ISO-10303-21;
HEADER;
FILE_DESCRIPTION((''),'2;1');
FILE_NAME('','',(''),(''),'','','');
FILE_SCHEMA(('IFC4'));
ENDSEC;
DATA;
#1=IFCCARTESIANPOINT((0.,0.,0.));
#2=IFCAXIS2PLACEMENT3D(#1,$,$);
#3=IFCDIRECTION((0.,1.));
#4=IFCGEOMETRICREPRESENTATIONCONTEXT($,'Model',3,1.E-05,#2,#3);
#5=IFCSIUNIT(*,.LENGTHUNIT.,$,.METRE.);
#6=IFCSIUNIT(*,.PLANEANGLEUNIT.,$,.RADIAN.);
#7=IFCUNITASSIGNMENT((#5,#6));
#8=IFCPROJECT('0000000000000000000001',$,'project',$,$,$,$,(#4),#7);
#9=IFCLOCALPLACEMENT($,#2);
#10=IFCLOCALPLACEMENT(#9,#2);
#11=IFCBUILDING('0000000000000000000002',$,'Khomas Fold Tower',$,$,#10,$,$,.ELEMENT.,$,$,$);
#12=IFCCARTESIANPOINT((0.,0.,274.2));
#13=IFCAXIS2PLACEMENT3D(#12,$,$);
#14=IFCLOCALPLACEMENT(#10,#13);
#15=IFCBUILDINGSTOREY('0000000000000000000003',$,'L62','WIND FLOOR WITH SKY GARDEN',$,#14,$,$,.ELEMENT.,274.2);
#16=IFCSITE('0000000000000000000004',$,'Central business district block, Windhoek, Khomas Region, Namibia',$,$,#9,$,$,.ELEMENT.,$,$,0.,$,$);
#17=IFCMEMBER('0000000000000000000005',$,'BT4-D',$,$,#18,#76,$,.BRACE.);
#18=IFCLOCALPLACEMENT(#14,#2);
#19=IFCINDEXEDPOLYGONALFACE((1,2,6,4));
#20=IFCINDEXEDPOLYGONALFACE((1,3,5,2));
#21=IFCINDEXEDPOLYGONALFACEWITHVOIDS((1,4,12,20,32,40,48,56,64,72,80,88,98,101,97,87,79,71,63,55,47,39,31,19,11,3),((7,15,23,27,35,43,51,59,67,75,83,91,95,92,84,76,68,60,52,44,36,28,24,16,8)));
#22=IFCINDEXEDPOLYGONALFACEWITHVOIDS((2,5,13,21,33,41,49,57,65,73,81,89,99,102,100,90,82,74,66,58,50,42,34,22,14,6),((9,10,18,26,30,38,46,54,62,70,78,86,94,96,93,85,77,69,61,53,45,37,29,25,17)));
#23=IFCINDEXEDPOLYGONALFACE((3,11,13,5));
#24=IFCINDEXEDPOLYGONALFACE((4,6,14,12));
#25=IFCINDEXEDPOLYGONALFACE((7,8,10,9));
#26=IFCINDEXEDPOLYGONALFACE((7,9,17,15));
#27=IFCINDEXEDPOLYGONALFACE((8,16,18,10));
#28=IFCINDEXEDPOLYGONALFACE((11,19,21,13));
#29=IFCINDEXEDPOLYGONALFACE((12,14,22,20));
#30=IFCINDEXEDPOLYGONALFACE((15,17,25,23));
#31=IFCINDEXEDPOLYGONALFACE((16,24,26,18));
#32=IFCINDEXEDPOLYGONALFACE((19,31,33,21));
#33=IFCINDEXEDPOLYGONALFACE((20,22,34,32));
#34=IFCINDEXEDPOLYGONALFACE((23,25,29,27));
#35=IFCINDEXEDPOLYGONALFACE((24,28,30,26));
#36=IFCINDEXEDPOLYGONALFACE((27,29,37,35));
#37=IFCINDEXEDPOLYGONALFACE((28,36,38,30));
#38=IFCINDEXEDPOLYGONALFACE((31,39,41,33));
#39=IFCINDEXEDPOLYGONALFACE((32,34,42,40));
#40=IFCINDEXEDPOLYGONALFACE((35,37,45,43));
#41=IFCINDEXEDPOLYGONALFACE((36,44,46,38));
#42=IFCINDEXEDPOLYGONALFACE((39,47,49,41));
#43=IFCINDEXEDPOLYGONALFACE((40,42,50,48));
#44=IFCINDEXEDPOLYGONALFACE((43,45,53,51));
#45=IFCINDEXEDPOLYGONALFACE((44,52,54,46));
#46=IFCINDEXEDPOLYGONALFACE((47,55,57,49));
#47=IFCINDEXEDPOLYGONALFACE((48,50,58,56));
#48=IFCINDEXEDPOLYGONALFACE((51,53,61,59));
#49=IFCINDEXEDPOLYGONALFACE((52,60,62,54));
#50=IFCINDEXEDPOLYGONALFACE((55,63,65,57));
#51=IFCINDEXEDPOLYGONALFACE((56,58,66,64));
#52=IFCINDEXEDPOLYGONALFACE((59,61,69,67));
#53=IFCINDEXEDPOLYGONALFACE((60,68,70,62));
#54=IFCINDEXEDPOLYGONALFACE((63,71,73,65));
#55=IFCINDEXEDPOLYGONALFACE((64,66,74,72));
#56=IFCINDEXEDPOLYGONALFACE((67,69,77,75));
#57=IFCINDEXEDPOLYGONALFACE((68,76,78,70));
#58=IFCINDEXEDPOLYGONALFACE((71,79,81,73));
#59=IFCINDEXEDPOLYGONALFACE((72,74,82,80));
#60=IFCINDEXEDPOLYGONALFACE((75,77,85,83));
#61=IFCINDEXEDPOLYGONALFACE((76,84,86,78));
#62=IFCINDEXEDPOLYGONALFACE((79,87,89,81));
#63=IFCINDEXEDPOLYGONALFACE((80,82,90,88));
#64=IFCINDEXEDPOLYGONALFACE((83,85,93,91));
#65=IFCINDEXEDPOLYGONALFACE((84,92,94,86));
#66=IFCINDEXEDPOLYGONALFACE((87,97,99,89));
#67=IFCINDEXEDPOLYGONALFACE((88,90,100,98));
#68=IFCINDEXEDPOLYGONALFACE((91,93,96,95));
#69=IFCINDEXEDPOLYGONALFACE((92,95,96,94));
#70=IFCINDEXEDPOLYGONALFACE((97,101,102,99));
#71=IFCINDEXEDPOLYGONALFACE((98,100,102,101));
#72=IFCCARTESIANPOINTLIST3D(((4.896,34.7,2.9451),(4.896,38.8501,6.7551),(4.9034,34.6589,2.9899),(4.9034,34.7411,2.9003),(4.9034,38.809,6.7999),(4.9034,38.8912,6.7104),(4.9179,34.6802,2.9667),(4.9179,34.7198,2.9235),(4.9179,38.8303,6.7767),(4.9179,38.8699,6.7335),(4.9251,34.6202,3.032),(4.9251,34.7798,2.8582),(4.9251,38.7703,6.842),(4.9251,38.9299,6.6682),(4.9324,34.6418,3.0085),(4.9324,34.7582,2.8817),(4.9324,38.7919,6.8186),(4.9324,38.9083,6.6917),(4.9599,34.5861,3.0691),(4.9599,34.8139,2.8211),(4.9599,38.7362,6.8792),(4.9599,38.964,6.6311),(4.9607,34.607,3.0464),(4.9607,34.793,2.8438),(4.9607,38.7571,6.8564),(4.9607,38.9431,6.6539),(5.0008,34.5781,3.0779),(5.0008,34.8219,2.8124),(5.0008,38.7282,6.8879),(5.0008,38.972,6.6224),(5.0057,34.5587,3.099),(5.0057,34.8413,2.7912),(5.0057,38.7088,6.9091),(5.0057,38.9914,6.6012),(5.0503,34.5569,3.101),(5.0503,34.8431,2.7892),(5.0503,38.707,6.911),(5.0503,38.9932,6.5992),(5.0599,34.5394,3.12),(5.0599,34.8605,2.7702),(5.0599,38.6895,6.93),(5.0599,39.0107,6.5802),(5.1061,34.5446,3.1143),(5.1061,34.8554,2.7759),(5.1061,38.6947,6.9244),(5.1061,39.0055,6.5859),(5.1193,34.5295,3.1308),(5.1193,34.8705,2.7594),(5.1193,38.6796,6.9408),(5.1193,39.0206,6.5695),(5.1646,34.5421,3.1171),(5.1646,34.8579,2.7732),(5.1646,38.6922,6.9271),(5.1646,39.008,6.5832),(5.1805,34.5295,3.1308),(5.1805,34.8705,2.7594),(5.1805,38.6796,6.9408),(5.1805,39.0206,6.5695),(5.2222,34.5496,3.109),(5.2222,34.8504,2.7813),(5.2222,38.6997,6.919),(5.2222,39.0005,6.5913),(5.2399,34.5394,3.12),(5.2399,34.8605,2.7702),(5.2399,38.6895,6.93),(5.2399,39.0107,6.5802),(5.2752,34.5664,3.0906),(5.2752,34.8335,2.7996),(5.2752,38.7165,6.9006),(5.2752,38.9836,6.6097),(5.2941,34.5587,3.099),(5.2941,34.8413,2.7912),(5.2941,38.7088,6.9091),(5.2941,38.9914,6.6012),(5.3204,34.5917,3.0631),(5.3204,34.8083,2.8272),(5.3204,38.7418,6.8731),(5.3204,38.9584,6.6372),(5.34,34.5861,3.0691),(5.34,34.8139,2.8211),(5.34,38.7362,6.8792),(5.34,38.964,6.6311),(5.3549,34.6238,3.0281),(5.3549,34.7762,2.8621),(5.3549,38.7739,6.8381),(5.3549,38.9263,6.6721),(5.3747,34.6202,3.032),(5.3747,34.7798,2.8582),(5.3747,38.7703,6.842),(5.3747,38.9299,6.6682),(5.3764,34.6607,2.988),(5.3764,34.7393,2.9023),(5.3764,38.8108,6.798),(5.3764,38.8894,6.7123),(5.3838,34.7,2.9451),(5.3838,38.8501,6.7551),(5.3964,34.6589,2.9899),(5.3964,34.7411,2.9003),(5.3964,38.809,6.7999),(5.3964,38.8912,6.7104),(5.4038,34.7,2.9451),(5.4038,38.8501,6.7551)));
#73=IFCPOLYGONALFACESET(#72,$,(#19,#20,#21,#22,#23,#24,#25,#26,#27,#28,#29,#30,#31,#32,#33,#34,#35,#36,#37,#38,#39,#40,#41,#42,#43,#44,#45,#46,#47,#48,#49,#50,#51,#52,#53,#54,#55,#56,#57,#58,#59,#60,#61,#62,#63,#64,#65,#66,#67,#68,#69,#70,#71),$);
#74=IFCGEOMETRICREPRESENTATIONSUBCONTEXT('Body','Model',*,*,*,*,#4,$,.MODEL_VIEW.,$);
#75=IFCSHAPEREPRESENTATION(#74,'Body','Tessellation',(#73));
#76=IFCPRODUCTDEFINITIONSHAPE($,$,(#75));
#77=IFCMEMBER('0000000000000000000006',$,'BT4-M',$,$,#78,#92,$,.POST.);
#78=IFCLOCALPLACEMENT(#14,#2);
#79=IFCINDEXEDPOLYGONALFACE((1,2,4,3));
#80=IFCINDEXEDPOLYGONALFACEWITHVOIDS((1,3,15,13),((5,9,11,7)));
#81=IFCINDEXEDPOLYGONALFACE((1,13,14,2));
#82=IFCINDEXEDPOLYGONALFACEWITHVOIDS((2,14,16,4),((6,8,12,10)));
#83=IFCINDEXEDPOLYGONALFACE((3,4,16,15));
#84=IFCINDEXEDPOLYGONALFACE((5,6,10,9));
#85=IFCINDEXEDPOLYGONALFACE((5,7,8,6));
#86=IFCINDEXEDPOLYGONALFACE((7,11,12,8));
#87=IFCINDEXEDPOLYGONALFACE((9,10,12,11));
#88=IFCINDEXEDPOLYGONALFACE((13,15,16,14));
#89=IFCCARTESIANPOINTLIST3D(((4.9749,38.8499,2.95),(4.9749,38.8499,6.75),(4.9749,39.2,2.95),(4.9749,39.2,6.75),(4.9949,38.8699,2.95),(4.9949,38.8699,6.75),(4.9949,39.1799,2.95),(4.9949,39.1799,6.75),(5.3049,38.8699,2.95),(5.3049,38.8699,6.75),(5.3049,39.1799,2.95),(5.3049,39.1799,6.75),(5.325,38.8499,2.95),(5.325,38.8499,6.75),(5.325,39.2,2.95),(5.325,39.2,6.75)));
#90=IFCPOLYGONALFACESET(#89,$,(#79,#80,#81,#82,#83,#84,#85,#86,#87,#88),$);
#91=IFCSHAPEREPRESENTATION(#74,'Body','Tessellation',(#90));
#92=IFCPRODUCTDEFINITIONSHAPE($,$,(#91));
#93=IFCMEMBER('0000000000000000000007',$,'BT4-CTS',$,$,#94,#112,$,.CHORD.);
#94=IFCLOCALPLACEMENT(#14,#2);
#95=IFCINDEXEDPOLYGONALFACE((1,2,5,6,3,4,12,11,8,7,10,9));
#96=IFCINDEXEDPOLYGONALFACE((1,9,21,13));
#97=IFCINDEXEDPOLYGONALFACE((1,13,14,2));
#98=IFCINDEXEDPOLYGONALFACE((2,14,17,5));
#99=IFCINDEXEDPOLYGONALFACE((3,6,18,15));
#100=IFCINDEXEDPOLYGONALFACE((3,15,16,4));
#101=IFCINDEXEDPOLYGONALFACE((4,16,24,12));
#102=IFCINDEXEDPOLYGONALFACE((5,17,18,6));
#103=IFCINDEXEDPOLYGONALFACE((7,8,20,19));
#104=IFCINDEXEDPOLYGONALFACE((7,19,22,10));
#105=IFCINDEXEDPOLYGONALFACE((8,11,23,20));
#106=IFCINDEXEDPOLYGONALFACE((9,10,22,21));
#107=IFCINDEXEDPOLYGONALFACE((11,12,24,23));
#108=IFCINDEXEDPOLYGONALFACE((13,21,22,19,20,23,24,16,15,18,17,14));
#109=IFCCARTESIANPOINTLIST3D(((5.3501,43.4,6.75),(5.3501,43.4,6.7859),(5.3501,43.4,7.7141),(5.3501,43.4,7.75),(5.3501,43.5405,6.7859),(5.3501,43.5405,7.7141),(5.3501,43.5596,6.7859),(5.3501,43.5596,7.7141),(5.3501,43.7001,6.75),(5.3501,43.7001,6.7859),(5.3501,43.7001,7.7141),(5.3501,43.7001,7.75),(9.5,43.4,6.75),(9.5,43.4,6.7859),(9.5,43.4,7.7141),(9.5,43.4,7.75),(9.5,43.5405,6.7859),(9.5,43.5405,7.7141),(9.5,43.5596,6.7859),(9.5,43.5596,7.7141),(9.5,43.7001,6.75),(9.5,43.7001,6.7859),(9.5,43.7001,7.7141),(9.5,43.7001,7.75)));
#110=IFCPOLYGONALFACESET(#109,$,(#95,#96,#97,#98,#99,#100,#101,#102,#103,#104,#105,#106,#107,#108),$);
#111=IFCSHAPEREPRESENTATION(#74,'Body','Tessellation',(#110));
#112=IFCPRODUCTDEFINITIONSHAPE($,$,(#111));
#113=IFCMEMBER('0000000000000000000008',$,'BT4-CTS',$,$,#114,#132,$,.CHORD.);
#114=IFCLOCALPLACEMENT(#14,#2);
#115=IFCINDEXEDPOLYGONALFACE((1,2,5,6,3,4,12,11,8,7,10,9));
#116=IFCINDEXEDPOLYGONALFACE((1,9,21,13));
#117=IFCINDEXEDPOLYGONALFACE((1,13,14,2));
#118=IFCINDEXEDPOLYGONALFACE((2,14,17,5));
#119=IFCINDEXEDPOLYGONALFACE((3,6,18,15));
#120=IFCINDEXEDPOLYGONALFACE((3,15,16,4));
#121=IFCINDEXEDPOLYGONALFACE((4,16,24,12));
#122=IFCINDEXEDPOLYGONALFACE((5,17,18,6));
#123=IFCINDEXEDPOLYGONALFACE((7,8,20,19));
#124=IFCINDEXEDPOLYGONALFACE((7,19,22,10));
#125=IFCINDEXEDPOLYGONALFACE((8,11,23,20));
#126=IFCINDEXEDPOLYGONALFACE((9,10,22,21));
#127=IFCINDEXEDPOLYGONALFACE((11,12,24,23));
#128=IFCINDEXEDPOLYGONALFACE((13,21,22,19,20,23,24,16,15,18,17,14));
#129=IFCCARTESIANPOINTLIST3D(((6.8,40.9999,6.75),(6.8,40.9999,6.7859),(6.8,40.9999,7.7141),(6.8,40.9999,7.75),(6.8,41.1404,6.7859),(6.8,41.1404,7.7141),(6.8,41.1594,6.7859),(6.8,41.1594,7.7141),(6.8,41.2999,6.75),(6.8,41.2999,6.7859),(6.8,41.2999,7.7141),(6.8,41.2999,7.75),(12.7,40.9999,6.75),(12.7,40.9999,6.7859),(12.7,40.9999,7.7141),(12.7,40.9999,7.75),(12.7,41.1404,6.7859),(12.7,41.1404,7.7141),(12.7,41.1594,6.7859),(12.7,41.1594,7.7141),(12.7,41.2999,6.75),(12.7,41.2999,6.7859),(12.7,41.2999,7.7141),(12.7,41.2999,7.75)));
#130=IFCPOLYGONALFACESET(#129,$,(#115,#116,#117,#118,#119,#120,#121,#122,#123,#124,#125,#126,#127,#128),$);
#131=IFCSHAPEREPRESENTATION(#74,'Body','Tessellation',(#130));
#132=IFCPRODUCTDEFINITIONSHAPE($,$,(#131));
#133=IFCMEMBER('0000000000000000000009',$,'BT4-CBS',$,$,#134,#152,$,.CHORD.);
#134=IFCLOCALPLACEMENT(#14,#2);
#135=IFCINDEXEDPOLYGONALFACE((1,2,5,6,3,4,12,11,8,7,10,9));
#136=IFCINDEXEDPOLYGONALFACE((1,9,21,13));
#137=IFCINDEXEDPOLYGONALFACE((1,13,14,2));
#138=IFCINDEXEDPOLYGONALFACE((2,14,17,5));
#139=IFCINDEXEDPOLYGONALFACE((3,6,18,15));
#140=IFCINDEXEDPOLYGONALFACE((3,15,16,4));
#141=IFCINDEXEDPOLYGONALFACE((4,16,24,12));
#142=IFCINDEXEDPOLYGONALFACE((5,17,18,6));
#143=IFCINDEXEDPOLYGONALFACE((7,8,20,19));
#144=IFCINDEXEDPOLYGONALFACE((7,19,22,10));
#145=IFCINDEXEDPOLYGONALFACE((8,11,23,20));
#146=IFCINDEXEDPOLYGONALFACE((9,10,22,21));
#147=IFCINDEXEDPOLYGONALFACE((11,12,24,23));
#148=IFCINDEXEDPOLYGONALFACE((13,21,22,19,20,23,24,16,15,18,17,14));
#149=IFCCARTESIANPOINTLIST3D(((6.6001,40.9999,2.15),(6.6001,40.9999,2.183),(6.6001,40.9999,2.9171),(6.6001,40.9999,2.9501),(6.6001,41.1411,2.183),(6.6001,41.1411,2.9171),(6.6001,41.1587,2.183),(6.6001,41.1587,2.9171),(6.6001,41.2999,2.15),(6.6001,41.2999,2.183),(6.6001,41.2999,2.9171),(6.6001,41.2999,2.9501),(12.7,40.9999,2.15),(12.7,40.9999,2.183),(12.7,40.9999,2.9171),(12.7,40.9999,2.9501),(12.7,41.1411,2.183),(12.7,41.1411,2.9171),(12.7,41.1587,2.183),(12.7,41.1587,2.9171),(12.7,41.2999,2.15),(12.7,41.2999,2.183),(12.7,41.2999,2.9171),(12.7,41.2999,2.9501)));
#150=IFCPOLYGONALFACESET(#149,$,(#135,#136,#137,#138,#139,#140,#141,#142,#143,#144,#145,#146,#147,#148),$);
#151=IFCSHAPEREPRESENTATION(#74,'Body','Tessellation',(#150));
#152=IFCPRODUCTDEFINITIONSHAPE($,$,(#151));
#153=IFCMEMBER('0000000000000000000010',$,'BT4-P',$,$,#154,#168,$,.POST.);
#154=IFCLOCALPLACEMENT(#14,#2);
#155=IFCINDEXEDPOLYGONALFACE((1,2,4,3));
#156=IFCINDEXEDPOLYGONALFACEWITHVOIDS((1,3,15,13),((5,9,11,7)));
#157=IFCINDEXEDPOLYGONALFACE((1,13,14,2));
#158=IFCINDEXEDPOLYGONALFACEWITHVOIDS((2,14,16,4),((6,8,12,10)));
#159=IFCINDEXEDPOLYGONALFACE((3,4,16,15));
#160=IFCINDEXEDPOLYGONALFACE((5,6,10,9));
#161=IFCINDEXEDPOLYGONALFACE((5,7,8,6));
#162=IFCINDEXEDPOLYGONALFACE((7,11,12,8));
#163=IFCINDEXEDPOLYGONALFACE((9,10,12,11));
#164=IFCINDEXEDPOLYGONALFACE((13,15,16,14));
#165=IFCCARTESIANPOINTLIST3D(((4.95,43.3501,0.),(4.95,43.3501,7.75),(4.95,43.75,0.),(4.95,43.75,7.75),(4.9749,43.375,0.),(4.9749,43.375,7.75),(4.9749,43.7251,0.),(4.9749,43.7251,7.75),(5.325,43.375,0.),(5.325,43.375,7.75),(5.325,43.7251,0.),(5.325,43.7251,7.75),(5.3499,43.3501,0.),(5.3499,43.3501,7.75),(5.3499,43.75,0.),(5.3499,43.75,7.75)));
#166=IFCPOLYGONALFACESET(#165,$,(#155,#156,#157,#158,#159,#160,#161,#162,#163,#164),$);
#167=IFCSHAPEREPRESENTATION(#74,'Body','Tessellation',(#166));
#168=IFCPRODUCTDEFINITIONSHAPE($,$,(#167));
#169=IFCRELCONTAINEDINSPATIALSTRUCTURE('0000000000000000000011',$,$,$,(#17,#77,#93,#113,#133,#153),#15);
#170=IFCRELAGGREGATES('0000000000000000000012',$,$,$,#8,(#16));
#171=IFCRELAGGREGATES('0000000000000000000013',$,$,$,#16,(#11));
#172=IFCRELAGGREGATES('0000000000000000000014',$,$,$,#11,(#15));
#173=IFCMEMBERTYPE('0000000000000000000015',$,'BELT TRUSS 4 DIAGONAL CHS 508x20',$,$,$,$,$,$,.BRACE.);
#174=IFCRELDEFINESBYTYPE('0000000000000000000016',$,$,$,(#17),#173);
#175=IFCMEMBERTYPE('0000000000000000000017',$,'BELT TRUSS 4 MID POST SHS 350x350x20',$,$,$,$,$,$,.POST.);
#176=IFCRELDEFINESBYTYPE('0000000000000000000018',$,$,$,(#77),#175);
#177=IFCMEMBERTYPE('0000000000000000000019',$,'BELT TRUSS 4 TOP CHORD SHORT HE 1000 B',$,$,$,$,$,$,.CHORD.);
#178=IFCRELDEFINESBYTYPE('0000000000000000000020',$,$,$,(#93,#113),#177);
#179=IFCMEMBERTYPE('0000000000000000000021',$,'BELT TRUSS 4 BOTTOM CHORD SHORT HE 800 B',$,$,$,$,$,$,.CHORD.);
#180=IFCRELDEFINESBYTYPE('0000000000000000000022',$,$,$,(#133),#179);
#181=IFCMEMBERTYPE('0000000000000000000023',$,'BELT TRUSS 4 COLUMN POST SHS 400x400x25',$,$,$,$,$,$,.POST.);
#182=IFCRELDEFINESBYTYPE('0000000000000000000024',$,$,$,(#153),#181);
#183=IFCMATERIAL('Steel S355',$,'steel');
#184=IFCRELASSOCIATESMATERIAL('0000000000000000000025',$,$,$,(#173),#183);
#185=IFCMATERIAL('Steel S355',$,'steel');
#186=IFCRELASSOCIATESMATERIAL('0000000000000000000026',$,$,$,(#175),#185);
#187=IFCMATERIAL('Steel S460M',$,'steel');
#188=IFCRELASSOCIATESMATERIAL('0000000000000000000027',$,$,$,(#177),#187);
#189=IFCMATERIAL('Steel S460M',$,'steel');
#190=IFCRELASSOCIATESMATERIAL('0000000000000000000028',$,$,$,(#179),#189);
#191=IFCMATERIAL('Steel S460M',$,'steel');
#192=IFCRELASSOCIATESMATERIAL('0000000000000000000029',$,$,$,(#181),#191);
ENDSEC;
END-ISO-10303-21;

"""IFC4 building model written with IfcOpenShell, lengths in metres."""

from ifc_helpers import new_model, si_unit, direction, frame, origin, origin_2d, place, context, subcontext, project, spatial, hollow_rectangle, hollow_circle, i_section, extrude, source, transform, mapped, material, material_profile, profile_set, type_object, element, save


model = new_model("IFC4")

# Units and contexts
model_context = context("Model", 3, precision=1e-05, world=origin(), true_north=direction((0.0, 1.0)))
body_context = subcontext(model_context, "Body", "Model", "MODEL_VIEW")
ifc_project = project(units=[si_unit("LENGTHUNIT", "METRE"), si_unit("PLANEANGLEUNIT", "RADIAN")], contexts=[model_context])

# Site, building, storey
site_placement = place(None, origin())
site = spatial("IfcSite", under=ifc_project, at=site_placement, Name="Central business district block, Windhoek, Khomas Region, Namibia", CompositionType="ELEMENT", RefElevation=0.0)
building_placement = place(site_placement, origin())
building = spatial("IfcBuilding", under=site, at=building_placement, Name="Khomas Fold Tower", CompositionType="ELEMENT")
storey_placement = place(building_placement, frame((0.0, 0.0, 274.2)))
storey = spatial("IfcBuildingStorey", under=building, at=storey_placement, Name="L62", Description="WIND FLOOR WITH SKY GARDEN", CompositionType="ELEMENT", Elevation=274.2)

# Members
ifc_material_1 = material(Name="Steel S355", Category="steel")
ifc_material_profile_1 = material_profile(ifc_material_1, hollow_circle(Radius=0.2539, WallThickness=0.02, at=origin_2d()), Name="CHS 508x20")
ifc_profile_set_1 = profile_set([ifc_material_profile_1], Name="Steel S355")
member_type_1 = type_object("IfcMemberType", Name="BELT TRUSS 4 DIAGONAL CHS 508x20", PredefinedType="BRACE", material=ifc_profile_set_1)
shared_shape_1 = source(origin(), body_context, "Body", "SweptSolid", [
    extrude(hollow_circle(Radius=0.2539, WallThickness=0.02, at=origin_2d()), origin(), (0.0, 0.0, 1.0), 5.6338),
])
for number, where, z_axis, x_axis, name in (
    (1, (5.1499, 38.8501, 6.7551), (0.0, -0.736645, -0.67628), (1.0, 0.0, 0.0), "BT4-D"),
):
    element("IfcMember", number, at=place(storey_placement, frame(where, z_axis=z_axis, x_axis=x_axis)), inside=storey, type_object=member_type_1, Name=name, PredefinedType="BRACE", context=body_context, shape_type="MappedRepresentation", body=[
        mapped(shared_shape_1, transform((0.0, 0.0, 0.0))),
    ])
ifc_material_2 = material(Name="Steel S355", Category="steel")
ifc_material_profile_2 = material_profile(ifc_material_2, hollow_rectangle(XDim=0.3501, YDim=0.3501, WallThickness=0.02, at=origin_2d()), Name="SHS 350x350x20")
ifc_profile_set_2 = profile_set([ifc_material_profile_2], Name="Steel S355")
member_type_2 = type_object("IfcMemberType", Name="BELT TRUSS 4 MID POST SHS 350x350x20", PredefinedType="POST", material=ifc_profile_set_2)
shared_shape_2 = source(origin(), body_context, "Body", "SweptSolid", [
    extrude(hollow_rectangle(XDim=0.3501, YDim=0.3501, WallThickness=0.02, at=origin_2d()), origin(), (0.0, 0.0, 1.0), 3.8),
])
member_1_placement = place(storey_placement, frame((5.1499, 39.0249, 2.95), z_axis=(0.0, 0.0, 1.0), x_axis=(1.0, 0.0, 0.0)))
element("IfcMember", 2, at=member_1_placement, inside=storey, type_object=member_type_2, Name="BT4-M", PredefinedType="POST", context=body_context, shape_type="MappedRepresentation", body=[
    mapped(shared_shape_2, transform((0.0, 0.0, 0.0))),
])
ifc_material_3 = material(Name="Steel S460M", Category="steel")
ifc_material_profile_3 = material_profile(ifc_material_3, i_section(OverallWidth=0.3, OverallDepth=1.0, WebThickness=0.019, FlangeThickness=0.0359, at=origin_2d()), Name="HE 1000 B")
ifc_profile_set_3 = profile_set([ifc_material_profile_3], Name="Steel S460M")
member_type_3 = type_object("IfcMemberType", Name="BELT TRUSS 4 TOP CHORD SHORT HE 1000 B", PredefinedType="CHORD", material=ifc_profile_set_3)
shared_shape_3 = source(origin(), body_context, "Body", "SweptSolid", [
    extrude(i_section(OverallWidth=0.3, OverallDepth=1.0, WebThickness=0.019, FlangeThickness=0.0359, at=origin_2d()), origin(), (0.0, 0.0, 1.0), 4.1499),
])
member_2_placement = place(storey_placement, frame((5.3501, 43.55, 7.25), z_axis=(1.0, 0.0, 0.0), x_axis=(0.0, 1.0, 0.0)))
element("IfcMember", 3, at=member_2_placement, inside=storey, type_object=member_type_3, Name="BT4-CTS", PredefinedType="CHORD", context=body_context, shape_type="MappedRepresentation", body=[
    mapped(shared_shape_3, transform((0.0, 0.0, 0.0))),
])
shared_shape_4 = source(origin(), body_context, "Body", "SweptSolid", [
    extrude(i_section(OverallWidth=0.3, OverallDepth=1.0, WebThickness=0.019, FlangeThickness=0.0359, at=origin_2d()), origin(), (0.0, 0.0, 1.0), 5.8999),
])
member_3_placement = place(storey_placement, frame((6.8, 41.1499, 7.25), z_axis=(1.0, 0.0, 0.0), x_axis=(0.0, 1.0, 0.0)))
element("IfcMember", 4, at=member_3_placement, inside=storey, type_object=member_type_3, Name="BT4-CTS", PredefinedType="CHORD", context=body_context, shape_type="MappedRepresentation", body=[
    mapped(shared_shape_4, transform((0.0, 0.0, 0.0))),
])
ifc_material_4 = material(Name="Steel S460M", Category="steel")
ifc_material_profile_4 = material_profile(ifc_material_4, i_section(OverallWidth=0.3, OverallDepth=0.8, WebThickness=0.0176, FlangeThickness=0.033, at=origin_2d()), Name="HE 800 B")
ifc_profile_set_4 = profile_set([ifc_material_profile_4], Name="Steel S460M")
member_type_4 = type_object("IfcMemberType", Name="BELT TRUSS 4 BOTTOM CHORD SHORT HE 800 B", PredefinedType="CHORD", material=ifc_profile_set_4)
shared_shape_5 = source(origin(), body_context, "Body", "SweptSolid", [
    extrude(i_section(OverallWidth=0.3, OverallDepth=0.8, WebThickness=0.0176, FlangeThickness=0.033, at=origin_2d()), origin(), (0.0, 0.0, 1.0), 6.0999),
])
member_4_placement = place(storey_placement, frame((6.6001, 41.1499, 2.55), z_axis=(1.0, 0.0, 0.0), x_axis=(0.0, 1.0, 0.0)))
element("IfcMember", 5, at=member_4_placement, inside=storey, type_object=member_type_4, Name="BT4-CBS", PredefinedType="CHORD", context=body_context, shape_type="MappedRepresentation", body=[
    mapped(shared_shape_5, transform((0.0, 0.0, 0.0))),
])
ifc_material_5 = material(Name="Steel S460M", Category="steel")
ifc_material_profile_5 = material_profile(ifc_material_5, hollow_rectangle(XDim=0.3999, YDim=0.3999, WallThickness=0.0249, at=origin_2d()), Name="SHS 400x400x25")
ifc_profile_set_5 = profile_set([ifc_material_profile_5], Name="Steel S460M")
member_type_5 = type_object("IfcMemberType", Name="BELT TRUSS 4 COLUMN POST SHS 400x400x25", PredefinedType="POST", material=ifc_profile_set_5)
shared_shape_6 = source(origin(), body_context, "Body", "SweptSolid", [
    extrude(hollow_rectangle(XDim=0.3999, YDim=0.3999, WallThickness=0.0249, at=origin_2d()), origin(), (0.0, 0.0, 1.0), 7.75),
])
member_5_placement = place(storey_placement, frame((5.1499, 43.55, 0.0), z_axis=(0.0, 0.0, 1.0), x_axis=(1.0, 0.0, 0.0)))
element("IfcMember", 6, at=member_5_placement, inside=storey, type_object=member_type_5, Name="BT4-P", PredefinedType="POST", context=body_context, shape_type="MappedRepresentation", body=[
    mapped(shared_shape_6, transform((0.0, 0.0, 0.0))),
])

save(model, "model.ifc")
